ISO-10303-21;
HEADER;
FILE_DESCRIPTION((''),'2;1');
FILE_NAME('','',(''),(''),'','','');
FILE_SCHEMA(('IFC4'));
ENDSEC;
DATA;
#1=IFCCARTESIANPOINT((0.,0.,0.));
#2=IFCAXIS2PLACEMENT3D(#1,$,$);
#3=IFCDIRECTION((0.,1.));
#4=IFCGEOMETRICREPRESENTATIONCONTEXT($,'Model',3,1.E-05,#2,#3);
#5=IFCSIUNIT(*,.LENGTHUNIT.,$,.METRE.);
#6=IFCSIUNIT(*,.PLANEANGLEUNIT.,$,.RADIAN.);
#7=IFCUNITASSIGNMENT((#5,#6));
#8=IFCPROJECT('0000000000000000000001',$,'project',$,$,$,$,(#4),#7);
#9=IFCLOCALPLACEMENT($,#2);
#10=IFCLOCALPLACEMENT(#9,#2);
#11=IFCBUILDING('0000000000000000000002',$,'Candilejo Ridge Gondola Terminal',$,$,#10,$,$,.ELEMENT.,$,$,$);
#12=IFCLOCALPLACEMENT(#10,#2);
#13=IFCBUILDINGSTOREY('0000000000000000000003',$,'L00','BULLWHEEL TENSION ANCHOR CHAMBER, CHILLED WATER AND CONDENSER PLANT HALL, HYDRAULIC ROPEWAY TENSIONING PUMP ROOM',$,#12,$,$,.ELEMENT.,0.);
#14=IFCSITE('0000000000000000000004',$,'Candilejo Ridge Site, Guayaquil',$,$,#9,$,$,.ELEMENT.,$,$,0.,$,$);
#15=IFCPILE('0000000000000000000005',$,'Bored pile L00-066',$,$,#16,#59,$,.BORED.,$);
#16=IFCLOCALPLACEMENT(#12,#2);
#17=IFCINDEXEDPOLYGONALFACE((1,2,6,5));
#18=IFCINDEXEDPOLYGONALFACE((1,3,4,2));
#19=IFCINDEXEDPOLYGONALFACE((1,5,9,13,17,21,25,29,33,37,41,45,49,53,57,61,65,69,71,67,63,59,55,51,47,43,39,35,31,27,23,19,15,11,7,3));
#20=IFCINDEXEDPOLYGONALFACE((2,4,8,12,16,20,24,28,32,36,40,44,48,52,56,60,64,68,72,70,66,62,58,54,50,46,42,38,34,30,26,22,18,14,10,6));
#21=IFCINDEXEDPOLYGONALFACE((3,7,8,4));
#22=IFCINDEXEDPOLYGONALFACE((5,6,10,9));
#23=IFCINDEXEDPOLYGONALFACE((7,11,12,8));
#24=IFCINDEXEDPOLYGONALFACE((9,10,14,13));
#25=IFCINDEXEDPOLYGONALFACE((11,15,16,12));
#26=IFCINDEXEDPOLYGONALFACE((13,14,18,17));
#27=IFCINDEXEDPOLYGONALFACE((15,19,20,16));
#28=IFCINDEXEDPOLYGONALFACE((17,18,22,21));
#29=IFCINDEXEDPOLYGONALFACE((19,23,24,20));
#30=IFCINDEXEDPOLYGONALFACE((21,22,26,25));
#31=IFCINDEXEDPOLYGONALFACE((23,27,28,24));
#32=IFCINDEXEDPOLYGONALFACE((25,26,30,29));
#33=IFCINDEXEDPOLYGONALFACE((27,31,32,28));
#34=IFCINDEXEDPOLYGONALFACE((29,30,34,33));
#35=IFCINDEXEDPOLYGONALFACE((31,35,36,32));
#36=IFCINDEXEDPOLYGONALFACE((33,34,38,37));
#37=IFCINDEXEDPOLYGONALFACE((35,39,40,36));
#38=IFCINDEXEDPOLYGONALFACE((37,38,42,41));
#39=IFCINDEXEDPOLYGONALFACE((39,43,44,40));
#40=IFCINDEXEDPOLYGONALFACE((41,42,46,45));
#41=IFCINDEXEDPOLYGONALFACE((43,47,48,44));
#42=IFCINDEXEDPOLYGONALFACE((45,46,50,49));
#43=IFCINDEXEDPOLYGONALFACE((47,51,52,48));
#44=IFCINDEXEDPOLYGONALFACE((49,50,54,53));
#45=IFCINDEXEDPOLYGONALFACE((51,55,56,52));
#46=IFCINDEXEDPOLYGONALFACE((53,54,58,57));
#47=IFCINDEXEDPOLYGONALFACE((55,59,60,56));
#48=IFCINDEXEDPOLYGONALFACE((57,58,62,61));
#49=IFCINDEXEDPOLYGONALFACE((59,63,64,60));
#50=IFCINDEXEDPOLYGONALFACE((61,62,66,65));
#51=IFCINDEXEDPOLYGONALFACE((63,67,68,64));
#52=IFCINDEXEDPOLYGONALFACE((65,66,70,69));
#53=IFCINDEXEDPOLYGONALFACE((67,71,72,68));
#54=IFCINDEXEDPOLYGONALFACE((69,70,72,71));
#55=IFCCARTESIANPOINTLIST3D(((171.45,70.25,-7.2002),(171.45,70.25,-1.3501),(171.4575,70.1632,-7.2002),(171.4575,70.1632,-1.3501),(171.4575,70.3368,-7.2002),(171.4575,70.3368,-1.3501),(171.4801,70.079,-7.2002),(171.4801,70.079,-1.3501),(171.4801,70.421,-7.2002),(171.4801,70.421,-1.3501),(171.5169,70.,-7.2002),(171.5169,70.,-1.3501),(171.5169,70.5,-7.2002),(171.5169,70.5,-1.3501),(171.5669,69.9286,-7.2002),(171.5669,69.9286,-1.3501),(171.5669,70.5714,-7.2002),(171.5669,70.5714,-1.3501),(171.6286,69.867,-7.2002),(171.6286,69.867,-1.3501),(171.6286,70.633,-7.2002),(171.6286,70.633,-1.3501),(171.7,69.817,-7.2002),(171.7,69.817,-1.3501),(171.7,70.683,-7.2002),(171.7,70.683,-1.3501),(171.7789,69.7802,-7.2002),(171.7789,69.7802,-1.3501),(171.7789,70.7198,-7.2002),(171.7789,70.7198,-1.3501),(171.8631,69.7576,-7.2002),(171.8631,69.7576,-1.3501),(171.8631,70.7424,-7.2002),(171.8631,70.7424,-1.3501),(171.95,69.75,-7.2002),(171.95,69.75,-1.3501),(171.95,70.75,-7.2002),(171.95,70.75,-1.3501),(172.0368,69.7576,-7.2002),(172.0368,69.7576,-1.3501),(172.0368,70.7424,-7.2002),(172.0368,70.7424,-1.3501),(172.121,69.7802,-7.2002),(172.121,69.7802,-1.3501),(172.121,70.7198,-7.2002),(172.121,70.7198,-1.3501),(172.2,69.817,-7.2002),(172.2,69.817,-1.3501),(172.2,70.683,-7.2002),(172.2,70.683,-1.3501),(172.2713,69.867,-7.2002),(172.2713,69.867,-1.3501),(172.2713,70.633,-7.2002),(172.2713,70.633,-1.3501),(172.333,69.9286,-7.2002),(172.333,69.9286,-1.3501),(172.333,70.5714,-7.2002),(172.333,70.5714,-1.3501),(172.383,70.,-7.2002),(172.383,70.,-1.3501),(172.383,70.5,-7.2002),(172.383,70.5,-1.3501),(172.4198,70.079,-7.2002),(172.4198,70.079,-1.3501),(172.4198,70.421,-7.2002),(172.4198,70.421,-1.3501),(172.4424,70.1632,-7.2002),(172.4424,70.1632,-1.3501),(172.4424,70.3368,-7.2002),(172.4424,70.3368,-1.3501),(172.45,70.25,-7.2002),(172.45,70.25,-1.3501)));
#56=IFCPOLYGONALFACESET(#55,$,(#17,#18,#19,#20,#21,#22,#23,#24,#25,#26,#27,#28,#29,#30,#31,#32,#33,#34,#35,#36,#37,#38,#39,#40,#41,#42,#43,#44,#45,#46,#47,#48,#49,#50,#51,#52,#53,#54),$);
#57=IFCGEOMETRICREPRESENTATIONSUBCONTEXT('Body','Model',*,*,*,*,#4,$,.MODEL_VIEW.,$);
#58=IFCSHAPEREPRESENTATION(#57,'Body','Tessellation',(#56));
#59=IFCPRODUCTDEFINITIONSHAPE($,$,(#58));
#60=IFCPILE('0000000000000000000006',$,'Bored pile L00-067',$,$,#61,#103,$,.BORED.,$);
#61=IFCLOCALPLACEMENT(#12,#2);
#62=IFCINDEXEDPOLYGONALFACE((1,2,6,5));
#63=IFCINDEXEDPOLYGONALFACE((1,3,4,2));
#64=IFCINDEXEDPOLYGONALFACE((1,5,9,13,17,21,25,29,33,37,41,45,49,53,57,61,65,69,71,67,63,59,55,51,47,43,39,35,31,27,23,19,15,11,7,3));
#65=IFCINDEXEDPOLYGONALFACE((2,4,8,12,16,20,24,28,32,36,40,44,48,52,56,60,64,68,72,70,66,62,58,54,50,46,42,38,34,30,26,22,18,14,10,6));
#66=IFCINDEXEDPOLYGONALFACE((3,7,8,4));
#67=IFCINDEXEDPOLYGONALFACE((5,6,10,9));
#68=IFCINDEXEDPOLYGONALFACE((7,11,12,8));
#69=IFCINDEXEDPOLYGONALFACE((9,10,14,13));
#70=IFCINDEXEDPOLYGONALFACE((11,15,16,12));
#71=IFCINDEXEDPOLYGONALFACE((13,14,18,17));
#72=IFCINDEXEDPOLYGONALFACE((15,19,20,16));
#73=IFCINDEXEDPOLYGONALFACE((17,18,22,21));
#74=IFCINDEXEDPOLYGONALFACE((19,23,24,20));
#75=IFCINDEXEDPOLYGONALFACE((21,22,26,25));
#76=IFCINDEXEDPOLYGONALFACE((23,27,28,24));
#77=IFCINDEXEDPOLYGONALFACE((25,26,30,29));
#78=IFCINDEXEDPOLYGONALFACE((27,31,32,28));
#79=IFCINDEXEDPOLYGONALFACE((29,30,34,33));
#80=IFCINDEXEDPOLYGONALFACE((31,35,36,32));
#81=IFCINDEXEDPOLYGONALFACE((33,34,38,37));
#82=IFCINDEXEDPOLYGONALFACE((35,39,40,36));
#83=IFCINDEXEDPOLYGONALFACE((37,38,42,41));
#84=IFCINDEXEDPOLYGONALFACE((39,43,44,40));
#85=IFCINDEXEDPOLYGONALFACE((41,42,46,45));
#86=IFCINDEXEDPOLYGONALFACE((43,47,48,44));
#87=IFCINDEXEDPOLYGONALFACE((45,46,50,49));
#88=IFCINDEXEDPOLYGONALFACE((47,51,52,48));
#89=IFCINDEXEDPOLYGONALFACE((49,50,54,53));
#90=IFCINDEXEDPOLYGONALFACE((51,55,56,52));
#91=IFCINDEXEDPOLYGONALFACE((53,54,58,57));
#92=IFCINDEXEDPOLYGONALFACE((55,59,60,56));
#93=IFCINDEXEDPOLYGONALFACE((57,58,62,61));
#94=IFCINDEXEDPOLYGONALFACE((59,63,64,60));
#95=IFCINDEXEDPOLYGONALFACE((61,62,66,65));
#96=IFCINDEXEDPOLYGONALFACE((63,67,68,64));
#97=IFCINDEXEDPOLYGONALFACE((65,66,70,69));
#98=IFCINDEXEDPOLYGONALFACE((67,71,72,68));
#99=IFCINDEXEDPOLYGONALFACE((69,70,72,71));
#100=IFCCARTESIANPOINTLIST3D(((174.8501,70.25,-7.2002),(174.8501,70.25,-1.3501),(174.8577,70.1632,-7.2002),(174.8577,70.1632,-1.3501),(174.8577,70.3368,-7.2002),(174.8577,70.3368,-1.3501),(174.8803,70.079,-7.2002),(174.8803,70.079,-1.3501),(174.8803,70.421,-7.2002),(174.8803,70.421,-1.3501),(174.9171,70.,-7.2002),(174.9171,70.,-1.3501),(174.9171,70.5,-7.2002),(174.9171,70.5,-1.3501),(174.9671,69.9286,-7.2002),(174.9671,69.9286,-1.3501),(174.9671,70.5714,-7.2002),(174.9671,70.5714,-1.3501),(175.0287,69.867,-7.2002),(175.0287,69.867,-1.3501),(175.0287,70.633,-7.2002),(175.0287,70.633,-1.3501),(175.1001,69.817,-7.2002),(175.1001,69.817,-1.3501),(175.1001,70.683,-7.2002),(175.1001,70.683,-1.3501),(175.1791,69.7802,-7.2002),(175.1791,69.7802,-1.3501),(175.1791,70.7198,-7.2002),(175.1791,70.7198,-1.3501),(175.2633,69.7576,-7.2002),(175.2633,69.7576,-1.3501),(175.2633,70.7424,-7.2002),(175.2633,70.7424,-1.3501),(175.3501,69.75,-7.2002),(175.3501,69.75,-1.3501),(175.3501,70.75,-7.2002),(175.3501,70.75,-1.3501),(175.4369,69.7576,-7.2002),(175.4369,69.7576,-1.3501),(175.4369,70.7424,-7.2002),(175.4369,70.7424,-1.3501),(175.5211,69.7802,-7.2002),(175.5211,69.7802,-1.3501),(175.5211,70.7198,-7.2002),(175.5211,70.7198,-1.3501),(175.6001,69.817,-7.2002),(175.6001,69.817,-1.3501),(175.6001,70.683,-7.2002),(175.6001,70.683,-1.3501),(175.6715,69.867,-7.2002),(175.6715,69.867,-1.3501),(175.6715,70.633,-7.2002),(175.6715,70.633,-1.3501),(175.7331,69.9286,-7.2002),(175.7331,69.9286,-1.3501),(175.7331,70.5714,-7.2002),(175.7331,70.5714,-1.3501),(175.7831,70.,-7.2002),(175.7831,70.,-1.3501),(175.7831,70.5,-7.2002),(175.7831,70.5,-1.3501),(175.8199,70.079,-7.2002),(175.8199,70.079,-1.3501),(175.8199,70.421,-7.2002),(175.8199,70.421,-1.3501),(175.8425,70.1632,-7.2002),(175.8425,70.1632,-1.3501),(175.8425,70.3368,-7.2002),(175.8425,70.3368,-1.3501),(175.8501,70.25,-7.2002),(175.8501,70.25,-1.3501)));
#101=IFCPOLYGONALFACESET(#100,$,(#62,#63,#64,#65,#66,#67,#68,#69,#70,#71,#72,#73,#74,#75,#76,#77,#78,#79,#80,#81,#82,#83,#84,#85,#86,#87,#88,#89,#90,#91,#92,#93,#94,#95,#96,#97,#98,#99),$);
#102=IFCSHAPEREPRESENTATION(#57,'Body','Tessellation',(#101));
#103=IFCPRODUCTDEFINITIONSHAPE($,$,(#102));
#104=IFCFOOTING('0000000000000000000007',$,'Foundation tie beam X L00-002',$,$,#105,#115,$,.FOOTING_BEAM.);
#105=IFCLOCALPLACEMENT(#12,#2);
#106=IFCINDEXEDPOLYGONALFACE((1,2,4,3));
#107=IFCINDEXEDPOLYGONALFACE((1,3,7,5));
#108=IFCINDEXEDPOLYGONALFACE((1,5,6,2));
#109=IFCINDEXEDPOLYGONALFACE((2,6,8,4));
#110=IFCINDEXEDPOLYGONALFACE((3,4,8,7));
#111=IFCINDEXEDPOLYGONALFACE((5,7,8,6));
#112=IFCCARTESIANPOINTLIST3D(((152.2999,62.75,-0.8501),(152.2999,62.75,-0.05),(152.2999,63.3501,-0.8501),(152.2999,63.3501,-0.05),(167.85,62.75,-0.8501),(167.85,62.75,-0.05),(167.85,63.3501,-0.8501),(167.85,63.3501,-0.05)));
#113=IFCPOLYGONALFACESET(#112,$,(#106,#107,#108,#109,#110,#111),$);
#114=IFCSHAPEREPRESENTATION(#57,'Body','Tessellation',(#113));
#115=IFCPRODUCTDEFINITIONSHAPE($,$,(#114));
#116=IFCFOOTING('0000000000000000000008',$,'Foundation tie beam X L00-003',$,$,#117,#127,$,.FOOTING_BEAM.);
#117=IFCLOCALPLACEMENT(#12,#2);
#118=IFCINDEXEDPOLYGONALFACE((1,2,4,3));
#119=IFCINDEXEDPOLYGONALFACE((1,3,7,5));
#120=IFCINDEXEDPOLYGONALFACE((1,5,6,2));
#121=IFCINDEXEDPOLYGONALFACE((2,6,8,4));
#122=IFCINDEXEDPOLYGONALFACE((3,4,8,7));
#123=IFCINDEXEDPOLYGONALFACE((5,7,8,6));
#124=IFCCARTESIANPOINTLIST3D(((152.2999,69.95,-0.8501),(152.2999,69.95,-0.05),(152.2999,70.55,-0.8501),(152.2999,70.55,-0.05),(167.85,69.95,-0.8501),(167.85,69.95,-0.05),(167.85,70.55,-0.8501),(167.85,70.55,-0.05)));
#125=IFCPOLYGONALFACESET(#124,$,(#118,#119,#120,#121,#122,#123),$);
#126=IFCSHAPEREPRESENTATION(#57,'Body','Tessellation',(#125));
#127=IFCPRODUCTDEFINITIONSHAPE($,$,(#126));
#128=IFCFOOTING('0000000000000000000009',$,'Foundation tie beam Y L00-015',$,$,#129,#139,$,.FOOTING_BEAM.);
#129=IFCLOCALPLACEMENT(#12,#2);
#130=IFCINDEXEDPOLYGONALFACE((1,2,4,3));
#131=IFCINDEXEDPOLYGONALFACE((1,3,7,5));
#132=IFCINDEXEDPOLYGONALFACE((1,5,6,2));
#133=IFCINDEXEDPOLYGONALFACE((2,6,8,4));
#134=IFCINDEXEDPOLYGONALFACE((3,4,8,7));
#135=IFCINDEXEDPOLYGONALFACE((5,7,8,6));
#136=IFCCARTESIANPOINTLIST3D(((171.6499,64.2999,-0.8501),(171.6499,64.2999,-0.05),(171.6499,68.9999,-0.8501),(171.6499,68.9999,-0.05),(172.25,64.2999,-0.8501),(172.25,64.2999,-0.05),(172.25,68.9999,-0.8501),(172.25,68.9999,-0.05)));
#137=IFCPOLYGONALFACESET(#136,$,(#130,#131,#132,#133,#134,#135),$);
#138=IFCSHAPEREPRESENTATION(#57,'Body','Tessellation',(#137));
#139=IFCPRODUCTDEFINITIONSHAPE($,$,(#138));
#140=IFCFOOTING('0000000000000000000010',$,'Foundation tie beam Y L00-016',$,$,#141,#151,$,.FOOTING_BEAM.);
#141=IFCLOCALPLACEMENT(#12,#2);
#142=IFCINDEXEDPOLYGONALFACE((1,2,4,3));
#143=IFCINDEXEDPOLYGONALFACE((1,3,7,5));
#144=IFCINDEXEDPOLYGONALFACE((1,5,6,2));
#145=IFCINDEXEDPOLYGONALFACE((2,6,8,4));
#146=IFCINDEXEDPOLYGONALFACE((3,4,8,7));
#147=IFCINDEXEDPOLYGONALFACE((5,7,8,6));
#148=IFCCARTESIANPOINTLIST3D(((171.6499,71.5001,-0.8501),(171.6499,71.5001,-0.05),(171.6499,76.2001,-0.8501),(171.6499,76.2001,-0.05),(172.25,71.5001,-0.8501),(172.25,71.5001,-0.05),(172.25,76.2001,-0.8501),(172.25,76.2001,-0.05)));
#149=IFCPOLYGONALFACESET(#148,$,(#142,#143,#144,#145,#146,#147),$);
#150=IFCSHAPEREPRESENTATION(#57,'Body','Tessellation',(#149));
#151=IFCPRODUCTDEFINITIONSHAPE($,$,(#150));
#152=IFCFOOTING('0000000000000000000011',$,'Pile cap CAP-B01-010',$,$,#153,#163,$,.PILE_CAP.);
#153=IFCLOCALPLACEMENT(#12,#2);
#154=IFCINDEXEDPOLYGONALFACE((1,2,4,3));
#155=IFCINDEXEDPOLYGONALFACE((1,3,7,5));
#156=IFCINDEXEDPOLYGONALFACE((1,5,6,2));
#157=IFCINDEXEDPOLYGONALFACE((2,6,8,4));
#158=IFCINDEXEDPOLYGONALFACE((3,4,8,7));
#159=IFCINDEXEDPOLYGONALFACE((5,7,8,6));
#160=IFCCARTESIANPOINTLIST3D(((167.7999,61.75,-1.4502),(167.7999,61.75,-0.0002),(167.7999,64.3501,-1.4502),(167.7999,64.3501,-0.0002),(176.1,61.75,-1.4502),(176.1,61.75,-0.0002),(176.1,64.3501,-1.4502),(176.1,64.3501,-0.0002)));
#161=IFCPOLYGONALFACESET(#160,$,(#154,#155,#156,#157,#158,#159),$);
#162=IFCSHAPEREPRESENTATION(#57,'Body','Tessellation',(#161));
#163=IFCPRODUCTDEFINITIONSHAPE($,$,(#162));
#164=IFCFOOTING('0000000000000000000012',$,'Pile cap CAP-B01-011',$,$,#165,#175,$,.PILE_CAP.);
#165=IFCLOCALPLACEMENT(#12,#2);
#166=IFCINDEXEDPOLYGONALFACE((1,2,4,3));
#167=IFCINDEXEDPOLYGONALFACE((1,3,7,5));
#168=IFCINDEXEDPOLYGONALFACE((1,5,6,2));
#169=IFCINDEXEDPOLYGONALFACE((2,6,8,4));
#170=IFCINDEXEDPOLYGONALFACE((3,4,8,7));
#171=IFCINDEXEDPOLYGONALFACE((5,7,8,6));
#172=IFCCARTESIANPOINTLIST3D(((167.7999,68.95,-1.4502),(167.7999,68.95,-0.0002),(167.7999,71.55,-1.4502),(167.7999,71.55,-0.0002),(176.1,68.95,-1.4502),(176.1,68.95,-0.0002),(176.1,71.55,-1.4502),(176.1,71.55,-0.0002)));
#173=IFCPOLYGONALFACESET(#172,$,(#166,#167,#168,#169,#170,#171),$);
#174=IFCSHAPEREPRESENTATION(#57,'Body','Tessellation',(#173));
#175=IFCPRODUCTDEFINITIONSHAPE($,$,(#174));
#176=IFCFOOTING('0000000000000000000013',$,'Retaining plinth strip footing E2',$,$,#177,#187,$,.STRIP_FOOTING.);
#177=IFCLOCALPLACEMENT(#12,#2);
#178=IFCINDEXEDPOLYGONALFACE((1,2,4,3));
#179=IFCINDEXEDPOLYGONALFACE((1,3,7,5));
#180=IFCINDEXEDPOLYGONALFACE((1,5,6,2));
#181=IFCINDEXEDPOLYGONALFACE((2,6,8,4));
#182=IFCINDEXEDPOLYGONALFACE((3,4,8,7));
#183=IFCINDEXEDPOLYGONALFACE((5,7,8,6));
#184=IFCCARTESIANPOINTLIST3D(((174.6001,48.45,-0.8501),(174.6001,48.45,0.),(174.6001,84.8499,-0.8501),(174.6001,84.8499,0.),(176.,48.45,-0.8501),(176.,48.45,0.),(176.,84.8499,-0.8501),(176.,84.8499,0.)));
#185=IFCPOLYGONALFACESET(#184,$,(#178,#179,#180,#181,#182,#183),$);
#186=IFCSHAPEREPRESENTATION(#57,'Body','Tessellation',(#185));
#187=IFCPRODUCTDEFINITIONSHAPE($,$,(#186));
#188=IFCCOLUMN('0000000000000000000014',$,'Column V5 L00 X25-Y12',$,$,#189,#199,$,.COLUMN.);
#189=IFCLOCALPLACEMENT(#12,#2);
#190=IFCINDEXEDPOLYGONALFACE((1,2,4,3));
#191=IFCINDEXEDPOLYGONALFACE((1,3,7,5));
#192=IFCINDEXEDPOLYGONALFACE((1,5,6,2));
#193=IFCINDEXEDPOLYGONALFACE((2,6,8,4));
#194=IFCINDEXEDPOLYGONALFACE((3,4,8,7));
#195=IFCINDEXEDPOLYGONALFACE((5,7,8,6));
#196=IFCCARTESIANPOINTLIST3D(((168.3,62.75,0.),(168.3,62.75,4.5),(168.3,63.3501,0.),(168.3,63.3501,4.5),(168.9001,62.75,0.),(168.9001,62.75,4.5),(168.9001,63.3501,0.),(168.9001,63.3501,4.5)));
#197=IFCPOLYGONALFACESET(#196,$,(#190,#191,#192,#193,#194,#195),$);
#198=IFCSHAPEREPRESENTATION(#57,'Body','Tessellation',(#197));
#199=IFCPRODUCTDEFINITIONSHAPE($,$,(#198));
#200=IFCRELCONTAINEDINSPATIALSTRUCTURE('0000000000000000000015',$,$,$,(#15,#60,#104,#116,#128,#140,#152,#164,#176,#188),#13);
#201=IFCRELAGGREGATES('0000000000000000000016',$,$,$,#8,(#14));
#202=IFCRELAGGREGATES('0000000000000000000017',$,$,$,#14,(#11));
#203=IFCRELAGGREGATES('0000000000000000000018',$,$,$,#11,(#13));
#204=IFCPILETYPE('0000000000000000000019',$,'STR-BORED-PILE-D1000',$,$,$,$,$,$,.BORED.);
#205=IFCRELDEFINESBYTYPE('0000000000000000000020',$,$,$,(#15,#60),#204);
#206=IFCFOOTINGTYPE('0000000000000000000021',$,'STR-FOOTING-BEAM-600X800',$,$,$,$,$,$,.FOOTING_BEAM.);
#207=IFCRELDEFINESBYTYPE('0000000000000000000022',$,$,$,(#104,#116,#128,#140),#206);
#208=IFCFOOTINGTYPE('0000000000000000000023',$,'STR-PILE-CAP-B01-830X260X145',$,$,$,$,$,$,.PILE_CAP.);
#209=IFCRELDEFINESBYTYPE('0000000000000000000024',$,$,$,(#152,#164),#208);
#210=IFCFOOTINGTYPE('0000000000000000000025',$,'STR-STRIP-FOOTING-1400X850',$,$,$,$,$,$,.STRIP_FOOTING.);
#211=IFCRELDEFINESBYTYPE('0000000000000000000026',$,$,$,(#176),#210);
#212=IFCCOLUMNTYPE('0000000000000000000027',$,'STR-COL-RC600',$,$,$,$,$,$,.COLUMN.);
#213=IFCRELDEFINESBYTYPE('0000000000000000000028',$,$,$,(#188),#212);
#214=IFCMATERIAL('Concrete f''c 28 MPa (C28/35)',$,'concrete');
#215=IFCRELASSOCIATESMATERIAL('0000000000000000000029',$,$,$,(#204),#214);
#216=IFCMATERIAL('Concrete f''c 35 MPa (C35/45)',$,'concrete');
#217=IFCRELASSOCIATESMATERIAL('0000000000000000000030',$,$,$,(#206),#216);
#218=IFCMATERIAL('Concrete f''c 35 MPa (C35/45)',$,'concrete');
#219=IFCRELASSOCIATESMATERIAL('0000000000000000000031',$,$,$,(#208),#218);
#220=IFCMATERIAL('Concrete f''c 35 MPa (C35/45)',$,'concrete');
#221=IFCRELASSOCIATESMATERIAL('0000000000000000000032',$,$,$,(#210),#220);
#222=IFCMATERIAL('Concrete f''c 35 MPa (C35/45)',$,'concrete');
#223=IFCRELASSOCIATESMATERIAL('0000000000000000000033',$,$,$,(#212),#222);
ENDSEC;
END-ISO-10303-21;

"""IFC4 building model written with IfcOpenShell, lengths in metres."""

from ifc_helpers import new_model, si_unit, direction, frame, origin, origin_2d, place, context, subcontext, project, spatial, rectangle, circle, extrude, material, material_profile, profile_set, type_object, element, save


model = new_model("IFC4")

# Units and contexts
model_context = context("Model", 3, precision=1e-05, world=origin(), true_north=direction((0.0, 1.0)))
body_context = subcontext(model_context, "Body", "Model", "MODEL_VIEW")
ifc_project = project(units=[si_unit("LENGTHUNIT", "METRE"), si_unit("PLANEANGLEUNIT", "RADIAN")], contexts=[model_context])

# Site, building, storey
site_placement = place(None, origin())
site = spatial("IfcSite", under=ifc_project, at=site_placement, Name="Candilejo Ridge Site, Guayaquil", CompositionType="ELEMENT", RefElevation=0.0)
building_placement = place(site_placement, origin())
building = spatial("IfcBuilding", under=site, at=building_placement, Name="Candilejo Ridge Gondola Terminal", CompositionType="ELEMENT")
storey_placement = place(building_placement, origin())
storey = spatial("IfcBuildingStorey", under=building, at=storey_placement, Name="L00", Description="BULLWHEEL TENSION ANCHOR CHAMBER, CHILLED WATER AND CONDENSER PLANT HALL, HYDRAULIC ROPEWAY TENSIONING PUMP ROOM", CompositionType="ELEMENT", Elevation=0.0)

# Piles
ifc_material_1 = material(Name="Concrete f'c 28 MPa (C28/35)", Category="concrete")
ifc_material_profile_1 = material_profile(ifc_material_1, circle(Radius=0.5, at=origin_2d()))
ifc_profile_set_1 = profile_set([ifc_material_profile_1], Name="Concrete f'c 28 MPa (C28/35)")
pile_type = type_object("IfcPileType", Name="STR-BORED-PILE-D1000", PredefinedType="BORED", material=ifc_profile_set_1)
for number, where, z_axis, x_axis, name in (
    (1, (171.95, 70.25, -1.3501), (0.0, 0.0, -1.0), (1.0, 0.0, 0.0), "Bored pile L00-066"),
    (2, (175.3501, 70.25, -1.3501), (0.0, 0.0, -1.0), (1.0, 0.0, 0.0), "Bored pile L00-067"),
):
    element("IfcPile", number, at=place(storey_placement, frame(where, z_axis=z_axis, x_axis=x_axis)), inside=storey, type_object=pile_type, Name=name, PredefinedType="BORED", context=body_context, shape_type="SweptSolid", body=[
        extrude(circle(Radius=0.5, at=origin_2d()), origin(), (0.0, 0.0, 1.0), 5.8501),
    ])

# Footings
ifc_material_2 = material(Name="Concrete f'c 35 MPa (C35/45)", Category="concrete")
footing_type_1 = type_object("IfcFootingType", Name="STR-FOOTING-BEAM-600X800", PredefinedType="FOOTING_BEAM", material=ifc_material_2)
for number, where, z_axis, x_axis, name in (
    (3, (160.075, 63.05, -0.8501), (0.0, 0.0, 1.0), (1.0, 0.0, 0.0), "Foundation tie beam X L00-002"),
    (4, (160.075, 70.25, -0.8501), (0.0, 0.0, 1.0), (1.0, 0.0, 0.0), "Foundation tie beam X L00-003"),
):
    element("IfcFooting", number, at=place(storey_placement, frame(where, z_axis=z_axis, x_axis=x_axis)), inside=storey, type_object=footing_type_1, Name=name, PredefinedType="FOOTING_BEAM", context=body_context, shape_type="SweptSolid", body=[
        extrude(rectangle(XDim=15.55, YDim=0.6001, at=origin_2d()), origin(), (0.0, 0.0, 1.0), 0.8),
    ])
for number, where, z_axis, x_axis, name in (
    (5, (171.95, 66.6499, -0.8501), (0.0, 0.0, 1.0), (1.0, 0.0, 0.0), "Foundation tie beam Y L00-015"),
    (6, (171.95, 73.8501, -0.8501), (0.0, 0.0, 1.0), (1.0, 0.0, 0.0), "Foundation tie beam Y L00-016"),
):
    element("IfcFooting", number, at=place(storey_placement, frame(where, z_axis=z_axis, x_axis=x_axis)), inside=storey, type_object=footing_type_1, Name=name, PredefinedType="FOOTING_BEAM", context=body_context, shape_type="SweptSolid", body=[
        extrude(rectangle(XDim=0.6001, YDim=4.7, at=origin_2d()), origin(), (0.0, 0.0, 1.0), 0.8),
    ])
ifc_material_3 = material(Name="Concrete f'c 35 MPa (C35/45)", Category="concrete")
footing_type_2 = type_object("IfcFootingType", Name="STR-PILE-CAP-B01-830X260X145", PredefinedType="PILE_CAP", material=ifc_material_3)
for number, where, z_axis, x_axis, name in (
    (7, (171.95, 63.05, -1.4502), (0.0, 0.0, 1.0), (1.0, 0.0, 0.0), "Pile cap CAP-B01-010"),
    (8, (171.95, 70.25, -1.4502), (0.0, 0.0, 1.0), (1.0, 0.0, 0.0), "Pile cap CAP-B01-011"),
):
    element("IfcFooting", number, at=place(storey_placement, frame(where, z_axis=z_axis, x_axis=x_axis)), inside=storey, type_object=footing_type_2, Name=name, PredefinedType="PILE_CAP", context=body_context, shape_type="SweptSolid", body=[
        extrude(rectangle(XDim=8.3, YDim=2.6001, at=origin_2d()), origin(), (0.0, 0.0, 1.0), 1.45),
    ])
ifc_material_4 = material(Name="Concrete f'c 35 MPa (C35/45)", Category="concrete")
footing_type_3 = type_object("IfcFootingType", Name="STR-STRIP-FOOTING-1400X850", PredefinedType="STRIP_FOOTING", material=ifc_material_4)
footing_placement = place(storey_placement, frame((175.3, 66.6499, -0.8501), z_axis=(0.0, 0.0, 1.0), x_axis=(1.0, 0.0, 0.0)))
element("IfcFooting", 9, at=footing_placement, inside=storey, type_object=footing_type_3, Name="Retaining plinth strip footing E2", PredefinedType="STRIP_FOOTING", context=body_context, shape_type="SweptSolid", body=[
    extrude(rectangle(XDim=1.3999, YDim=36.3999, at=origin_2d()), origin(), (0.0, 0.0, 1.0), 0.8501),
])

# Column
ifc_material_5 = material(Name="Concrete f'c 35 MPa (C35/45)", Category="concrete")
ifc_material_profile_2 = material_profile(ifc_material_5, rectangle(XDim=0.6001, YDim=0.6001, at=origin_2d()))
ifc_profile_set_2 = profile_set([ifc_material_profile_2], Name="Concrete f'c 35 MPa (C35/45)")
column_type = type_object("IfcColumnType", Name="STR-COL-RC600", PredefinedType="COLUMN", material=ifc_profile_set_2)
for number, where, z_axis, x_axis, name in (
    (10, (168.6001, 63.05, 0.0), (0.0, 0.0, 1.0), (1.0, 0.0, 0.0), "Column V5 L00 X25-Y12"),
):
    element("IfcColumn", number, at=place(storey_placement, frame(where, z_axis=z_axis, x_axis=x_axis)), inside=storey, type_object=column_type, Name=name, PredefinedType="COLUMN", context=body_context, shape_type="SweptSolid", body=[
        extrude(rectangle(XDim=0.6001, YDim=0.6001, at=origin_2d()), origin(), (0.0, 0.0, 1.0), 4.5),
    ])

save(model, "model.ifc")
